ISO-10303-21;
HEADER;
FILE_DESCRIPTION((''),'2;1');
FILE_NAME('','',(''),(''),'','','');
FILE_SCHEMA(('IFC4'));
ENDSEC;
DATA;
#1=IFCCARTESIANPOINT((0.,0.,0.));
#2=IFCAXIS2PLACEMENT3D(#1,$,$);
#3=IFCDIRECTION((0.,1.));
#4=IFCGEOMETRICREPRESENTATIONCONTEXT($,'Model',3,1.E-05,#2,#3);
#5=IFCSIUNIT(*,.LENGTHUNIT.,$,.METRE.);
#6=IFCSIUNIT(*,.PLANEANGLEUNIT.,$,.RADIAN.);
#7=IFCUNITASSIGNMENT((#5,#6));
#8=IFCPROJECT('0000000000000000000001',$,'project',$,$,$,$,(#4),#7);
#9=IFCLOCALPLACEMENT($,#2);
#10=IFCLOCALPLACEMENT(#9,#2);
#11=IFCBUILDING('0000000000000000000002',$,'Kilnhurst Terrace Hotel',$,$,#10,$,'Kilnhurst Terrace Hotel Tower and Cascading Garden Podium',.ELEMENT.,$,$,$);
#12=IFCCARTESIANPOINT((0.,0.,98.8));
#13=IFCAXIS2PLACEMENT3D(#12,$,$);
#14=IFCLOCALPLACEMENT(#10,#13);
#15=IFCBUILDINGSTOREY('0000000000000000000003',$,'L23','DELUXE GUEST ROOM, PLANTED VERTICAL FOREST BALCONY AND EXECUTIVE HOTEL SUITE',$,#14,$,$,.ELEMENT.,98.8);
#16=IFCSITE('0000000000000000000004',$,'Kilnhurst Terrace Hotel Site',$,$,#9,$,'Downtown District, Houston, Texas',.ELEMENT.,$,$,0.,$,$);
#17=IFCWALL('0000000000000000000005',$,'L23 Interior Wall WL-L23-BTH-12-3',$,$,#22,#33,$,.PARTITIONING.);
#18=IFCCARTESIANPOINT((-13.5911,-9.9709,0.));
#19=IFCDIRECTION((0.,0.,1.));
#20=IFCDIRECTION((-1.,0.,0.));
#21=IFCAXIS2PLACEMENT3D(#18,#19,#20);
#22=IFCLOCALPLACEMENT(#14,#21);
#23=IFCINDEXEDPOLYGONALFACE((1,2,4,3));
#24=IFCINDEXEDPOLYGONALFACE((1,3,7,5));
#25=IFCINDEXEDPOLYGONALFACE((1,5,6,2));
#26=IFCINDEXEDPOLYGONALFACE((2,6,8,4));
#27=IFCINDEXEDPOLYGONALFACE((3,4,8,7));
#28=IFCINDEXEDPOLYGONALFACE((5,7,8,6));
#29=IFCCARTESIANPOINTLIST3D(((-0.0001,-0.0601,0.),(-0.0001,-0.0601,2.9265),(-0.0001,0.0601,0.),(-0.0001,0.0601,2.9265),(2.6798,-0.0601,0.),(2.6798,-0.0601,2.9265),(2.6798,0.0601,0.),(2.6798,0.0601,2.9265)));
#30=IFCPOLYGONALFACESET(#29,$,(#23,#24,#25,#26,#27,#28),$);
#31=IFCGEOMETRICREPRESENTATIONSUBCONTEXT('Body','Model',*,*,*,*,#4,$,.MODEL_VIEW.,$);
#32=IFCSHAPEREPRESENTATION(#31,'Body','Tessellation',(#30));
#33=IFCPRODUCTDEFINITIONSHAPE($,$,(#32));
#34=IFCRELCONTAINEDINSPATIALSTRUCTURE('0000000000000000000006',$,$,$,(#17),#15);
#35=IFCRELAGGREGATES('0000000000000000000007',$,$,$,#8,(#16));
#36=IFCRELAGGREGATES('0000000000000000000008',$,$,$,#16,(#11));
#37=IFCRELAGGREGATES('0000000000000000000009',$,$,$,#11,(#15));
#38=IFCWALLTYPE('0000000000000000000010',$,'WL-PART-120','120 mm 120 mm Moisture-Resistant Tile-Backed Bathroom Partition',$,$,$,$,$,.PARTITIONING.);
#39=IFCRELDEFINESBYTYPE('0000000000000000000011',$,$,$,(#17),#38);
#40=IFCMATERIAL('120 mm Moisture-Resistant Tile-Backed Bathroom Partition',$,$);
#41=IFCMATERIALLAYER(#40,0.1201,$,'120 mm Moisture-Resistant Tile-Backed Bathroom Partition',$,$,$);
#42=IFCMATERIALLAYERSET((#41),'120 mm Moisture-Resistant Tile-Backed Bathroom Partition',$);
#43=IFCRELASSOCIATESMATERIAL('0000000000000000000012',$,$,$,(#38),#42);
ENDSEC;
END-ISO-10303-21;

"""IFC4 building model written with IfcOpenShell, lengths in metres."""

from ifc_helpers import new_model, si_unit, direction, frame, frame_2d, origin, place, context, subcontext, project, spatial, rectangle, extrude, material, layer, layer_set, type_object, element, save


model = new_model("IFC4")

# Units and contexts
model_context = context("Model", 3, precision=1e-05, world=origin(), true_north=direction((0.0, 1.0)))
body_context = subcontext(model_context, "Body", "Model", "MODEL_VIEW")
ifc_project = project(units=[si_unit("LENGTHUNIT", "METRE"), si_unit("PLANEANGLEUNIT", "RADIAN")], contexts=[model_context])

# Site, building, storey
site_placement = place(None, origin())
site = spatial("IfcSite", under=ifc_project, at=site_placement, Name="Kilnhurst Terrace Hotel Site", LongName="Downtown District, Houston, Texas", CompositionType="ELEMENT", RefElevation=0.0)
building_placement = place(site_placement, origin())
building = spatial("IfcBuilding", under=site, at=building_placement, Name="Kilnhurst Terrace Hotel", LongName="Kilnhurst Terrace Hotel Tower and Cascading Garden Podium", CompositionType="ELEMENT")
storey_placement = place(building_placement, frame((0.0, 0.0, 98.8)))
storey = spatial("IfcBuildingStorey", under=building, at=storey_placement, Name="L23", Description="DELUXE GUEST ROOM, PLANTED VERTICAL FOREST BALCONY AND EXECUTIVE HOTEL SUITE", CompositionType="ELEMENT", Elevation=98.8)

# Shared definitions
ifc_material_1 = material(Name="120 mm Moisture-Resistant Tile-Backed Bathroom Partition")
ifc_layer_1 = layer(ifc_material_1, 0.1201, Name="120 mm Moisture-Resistant Tile-Backed Bathroom Partition")
ifc_layer_set_1 = layer_set([ifc_layer_1], Name="120 mm Moisture-Resistant Tile-Backed Bathroom Partition")
wall_type_1 = type_object("IfcWallType", Name="WL-PART-120", Description="120 mm 120 mm Moisture-Resistant Tile-Backed Bathroom Partition", PredefinedType="PARTITIONING", material=ifc_layer_set_1)

# Wall
wall_1_placement = place(storey_placement, frame((-13.5911, -9.9709, 0.0), z_axis=(0.0, 0.0, 1.0), x_axis=(-1.0, 0.0, 0.0)))
element("IfcWall", 1, at=wall_1_placement, inside=storey, type_object=wall_type_1, Name="L23 Interior Wall WL-L23-BTH-12-3", PredefinedType="PARTITIONING", context=body_context, shape_type="SweptSolid", body=[
    extrude(rectangle(XDim=2.6799, YDim=0.1201, at=frame_2d((1.3398, 0.0))), origin(), (0.0, 0.0, 1.0), 2.9265),
])

save(model, "model.ifc")
